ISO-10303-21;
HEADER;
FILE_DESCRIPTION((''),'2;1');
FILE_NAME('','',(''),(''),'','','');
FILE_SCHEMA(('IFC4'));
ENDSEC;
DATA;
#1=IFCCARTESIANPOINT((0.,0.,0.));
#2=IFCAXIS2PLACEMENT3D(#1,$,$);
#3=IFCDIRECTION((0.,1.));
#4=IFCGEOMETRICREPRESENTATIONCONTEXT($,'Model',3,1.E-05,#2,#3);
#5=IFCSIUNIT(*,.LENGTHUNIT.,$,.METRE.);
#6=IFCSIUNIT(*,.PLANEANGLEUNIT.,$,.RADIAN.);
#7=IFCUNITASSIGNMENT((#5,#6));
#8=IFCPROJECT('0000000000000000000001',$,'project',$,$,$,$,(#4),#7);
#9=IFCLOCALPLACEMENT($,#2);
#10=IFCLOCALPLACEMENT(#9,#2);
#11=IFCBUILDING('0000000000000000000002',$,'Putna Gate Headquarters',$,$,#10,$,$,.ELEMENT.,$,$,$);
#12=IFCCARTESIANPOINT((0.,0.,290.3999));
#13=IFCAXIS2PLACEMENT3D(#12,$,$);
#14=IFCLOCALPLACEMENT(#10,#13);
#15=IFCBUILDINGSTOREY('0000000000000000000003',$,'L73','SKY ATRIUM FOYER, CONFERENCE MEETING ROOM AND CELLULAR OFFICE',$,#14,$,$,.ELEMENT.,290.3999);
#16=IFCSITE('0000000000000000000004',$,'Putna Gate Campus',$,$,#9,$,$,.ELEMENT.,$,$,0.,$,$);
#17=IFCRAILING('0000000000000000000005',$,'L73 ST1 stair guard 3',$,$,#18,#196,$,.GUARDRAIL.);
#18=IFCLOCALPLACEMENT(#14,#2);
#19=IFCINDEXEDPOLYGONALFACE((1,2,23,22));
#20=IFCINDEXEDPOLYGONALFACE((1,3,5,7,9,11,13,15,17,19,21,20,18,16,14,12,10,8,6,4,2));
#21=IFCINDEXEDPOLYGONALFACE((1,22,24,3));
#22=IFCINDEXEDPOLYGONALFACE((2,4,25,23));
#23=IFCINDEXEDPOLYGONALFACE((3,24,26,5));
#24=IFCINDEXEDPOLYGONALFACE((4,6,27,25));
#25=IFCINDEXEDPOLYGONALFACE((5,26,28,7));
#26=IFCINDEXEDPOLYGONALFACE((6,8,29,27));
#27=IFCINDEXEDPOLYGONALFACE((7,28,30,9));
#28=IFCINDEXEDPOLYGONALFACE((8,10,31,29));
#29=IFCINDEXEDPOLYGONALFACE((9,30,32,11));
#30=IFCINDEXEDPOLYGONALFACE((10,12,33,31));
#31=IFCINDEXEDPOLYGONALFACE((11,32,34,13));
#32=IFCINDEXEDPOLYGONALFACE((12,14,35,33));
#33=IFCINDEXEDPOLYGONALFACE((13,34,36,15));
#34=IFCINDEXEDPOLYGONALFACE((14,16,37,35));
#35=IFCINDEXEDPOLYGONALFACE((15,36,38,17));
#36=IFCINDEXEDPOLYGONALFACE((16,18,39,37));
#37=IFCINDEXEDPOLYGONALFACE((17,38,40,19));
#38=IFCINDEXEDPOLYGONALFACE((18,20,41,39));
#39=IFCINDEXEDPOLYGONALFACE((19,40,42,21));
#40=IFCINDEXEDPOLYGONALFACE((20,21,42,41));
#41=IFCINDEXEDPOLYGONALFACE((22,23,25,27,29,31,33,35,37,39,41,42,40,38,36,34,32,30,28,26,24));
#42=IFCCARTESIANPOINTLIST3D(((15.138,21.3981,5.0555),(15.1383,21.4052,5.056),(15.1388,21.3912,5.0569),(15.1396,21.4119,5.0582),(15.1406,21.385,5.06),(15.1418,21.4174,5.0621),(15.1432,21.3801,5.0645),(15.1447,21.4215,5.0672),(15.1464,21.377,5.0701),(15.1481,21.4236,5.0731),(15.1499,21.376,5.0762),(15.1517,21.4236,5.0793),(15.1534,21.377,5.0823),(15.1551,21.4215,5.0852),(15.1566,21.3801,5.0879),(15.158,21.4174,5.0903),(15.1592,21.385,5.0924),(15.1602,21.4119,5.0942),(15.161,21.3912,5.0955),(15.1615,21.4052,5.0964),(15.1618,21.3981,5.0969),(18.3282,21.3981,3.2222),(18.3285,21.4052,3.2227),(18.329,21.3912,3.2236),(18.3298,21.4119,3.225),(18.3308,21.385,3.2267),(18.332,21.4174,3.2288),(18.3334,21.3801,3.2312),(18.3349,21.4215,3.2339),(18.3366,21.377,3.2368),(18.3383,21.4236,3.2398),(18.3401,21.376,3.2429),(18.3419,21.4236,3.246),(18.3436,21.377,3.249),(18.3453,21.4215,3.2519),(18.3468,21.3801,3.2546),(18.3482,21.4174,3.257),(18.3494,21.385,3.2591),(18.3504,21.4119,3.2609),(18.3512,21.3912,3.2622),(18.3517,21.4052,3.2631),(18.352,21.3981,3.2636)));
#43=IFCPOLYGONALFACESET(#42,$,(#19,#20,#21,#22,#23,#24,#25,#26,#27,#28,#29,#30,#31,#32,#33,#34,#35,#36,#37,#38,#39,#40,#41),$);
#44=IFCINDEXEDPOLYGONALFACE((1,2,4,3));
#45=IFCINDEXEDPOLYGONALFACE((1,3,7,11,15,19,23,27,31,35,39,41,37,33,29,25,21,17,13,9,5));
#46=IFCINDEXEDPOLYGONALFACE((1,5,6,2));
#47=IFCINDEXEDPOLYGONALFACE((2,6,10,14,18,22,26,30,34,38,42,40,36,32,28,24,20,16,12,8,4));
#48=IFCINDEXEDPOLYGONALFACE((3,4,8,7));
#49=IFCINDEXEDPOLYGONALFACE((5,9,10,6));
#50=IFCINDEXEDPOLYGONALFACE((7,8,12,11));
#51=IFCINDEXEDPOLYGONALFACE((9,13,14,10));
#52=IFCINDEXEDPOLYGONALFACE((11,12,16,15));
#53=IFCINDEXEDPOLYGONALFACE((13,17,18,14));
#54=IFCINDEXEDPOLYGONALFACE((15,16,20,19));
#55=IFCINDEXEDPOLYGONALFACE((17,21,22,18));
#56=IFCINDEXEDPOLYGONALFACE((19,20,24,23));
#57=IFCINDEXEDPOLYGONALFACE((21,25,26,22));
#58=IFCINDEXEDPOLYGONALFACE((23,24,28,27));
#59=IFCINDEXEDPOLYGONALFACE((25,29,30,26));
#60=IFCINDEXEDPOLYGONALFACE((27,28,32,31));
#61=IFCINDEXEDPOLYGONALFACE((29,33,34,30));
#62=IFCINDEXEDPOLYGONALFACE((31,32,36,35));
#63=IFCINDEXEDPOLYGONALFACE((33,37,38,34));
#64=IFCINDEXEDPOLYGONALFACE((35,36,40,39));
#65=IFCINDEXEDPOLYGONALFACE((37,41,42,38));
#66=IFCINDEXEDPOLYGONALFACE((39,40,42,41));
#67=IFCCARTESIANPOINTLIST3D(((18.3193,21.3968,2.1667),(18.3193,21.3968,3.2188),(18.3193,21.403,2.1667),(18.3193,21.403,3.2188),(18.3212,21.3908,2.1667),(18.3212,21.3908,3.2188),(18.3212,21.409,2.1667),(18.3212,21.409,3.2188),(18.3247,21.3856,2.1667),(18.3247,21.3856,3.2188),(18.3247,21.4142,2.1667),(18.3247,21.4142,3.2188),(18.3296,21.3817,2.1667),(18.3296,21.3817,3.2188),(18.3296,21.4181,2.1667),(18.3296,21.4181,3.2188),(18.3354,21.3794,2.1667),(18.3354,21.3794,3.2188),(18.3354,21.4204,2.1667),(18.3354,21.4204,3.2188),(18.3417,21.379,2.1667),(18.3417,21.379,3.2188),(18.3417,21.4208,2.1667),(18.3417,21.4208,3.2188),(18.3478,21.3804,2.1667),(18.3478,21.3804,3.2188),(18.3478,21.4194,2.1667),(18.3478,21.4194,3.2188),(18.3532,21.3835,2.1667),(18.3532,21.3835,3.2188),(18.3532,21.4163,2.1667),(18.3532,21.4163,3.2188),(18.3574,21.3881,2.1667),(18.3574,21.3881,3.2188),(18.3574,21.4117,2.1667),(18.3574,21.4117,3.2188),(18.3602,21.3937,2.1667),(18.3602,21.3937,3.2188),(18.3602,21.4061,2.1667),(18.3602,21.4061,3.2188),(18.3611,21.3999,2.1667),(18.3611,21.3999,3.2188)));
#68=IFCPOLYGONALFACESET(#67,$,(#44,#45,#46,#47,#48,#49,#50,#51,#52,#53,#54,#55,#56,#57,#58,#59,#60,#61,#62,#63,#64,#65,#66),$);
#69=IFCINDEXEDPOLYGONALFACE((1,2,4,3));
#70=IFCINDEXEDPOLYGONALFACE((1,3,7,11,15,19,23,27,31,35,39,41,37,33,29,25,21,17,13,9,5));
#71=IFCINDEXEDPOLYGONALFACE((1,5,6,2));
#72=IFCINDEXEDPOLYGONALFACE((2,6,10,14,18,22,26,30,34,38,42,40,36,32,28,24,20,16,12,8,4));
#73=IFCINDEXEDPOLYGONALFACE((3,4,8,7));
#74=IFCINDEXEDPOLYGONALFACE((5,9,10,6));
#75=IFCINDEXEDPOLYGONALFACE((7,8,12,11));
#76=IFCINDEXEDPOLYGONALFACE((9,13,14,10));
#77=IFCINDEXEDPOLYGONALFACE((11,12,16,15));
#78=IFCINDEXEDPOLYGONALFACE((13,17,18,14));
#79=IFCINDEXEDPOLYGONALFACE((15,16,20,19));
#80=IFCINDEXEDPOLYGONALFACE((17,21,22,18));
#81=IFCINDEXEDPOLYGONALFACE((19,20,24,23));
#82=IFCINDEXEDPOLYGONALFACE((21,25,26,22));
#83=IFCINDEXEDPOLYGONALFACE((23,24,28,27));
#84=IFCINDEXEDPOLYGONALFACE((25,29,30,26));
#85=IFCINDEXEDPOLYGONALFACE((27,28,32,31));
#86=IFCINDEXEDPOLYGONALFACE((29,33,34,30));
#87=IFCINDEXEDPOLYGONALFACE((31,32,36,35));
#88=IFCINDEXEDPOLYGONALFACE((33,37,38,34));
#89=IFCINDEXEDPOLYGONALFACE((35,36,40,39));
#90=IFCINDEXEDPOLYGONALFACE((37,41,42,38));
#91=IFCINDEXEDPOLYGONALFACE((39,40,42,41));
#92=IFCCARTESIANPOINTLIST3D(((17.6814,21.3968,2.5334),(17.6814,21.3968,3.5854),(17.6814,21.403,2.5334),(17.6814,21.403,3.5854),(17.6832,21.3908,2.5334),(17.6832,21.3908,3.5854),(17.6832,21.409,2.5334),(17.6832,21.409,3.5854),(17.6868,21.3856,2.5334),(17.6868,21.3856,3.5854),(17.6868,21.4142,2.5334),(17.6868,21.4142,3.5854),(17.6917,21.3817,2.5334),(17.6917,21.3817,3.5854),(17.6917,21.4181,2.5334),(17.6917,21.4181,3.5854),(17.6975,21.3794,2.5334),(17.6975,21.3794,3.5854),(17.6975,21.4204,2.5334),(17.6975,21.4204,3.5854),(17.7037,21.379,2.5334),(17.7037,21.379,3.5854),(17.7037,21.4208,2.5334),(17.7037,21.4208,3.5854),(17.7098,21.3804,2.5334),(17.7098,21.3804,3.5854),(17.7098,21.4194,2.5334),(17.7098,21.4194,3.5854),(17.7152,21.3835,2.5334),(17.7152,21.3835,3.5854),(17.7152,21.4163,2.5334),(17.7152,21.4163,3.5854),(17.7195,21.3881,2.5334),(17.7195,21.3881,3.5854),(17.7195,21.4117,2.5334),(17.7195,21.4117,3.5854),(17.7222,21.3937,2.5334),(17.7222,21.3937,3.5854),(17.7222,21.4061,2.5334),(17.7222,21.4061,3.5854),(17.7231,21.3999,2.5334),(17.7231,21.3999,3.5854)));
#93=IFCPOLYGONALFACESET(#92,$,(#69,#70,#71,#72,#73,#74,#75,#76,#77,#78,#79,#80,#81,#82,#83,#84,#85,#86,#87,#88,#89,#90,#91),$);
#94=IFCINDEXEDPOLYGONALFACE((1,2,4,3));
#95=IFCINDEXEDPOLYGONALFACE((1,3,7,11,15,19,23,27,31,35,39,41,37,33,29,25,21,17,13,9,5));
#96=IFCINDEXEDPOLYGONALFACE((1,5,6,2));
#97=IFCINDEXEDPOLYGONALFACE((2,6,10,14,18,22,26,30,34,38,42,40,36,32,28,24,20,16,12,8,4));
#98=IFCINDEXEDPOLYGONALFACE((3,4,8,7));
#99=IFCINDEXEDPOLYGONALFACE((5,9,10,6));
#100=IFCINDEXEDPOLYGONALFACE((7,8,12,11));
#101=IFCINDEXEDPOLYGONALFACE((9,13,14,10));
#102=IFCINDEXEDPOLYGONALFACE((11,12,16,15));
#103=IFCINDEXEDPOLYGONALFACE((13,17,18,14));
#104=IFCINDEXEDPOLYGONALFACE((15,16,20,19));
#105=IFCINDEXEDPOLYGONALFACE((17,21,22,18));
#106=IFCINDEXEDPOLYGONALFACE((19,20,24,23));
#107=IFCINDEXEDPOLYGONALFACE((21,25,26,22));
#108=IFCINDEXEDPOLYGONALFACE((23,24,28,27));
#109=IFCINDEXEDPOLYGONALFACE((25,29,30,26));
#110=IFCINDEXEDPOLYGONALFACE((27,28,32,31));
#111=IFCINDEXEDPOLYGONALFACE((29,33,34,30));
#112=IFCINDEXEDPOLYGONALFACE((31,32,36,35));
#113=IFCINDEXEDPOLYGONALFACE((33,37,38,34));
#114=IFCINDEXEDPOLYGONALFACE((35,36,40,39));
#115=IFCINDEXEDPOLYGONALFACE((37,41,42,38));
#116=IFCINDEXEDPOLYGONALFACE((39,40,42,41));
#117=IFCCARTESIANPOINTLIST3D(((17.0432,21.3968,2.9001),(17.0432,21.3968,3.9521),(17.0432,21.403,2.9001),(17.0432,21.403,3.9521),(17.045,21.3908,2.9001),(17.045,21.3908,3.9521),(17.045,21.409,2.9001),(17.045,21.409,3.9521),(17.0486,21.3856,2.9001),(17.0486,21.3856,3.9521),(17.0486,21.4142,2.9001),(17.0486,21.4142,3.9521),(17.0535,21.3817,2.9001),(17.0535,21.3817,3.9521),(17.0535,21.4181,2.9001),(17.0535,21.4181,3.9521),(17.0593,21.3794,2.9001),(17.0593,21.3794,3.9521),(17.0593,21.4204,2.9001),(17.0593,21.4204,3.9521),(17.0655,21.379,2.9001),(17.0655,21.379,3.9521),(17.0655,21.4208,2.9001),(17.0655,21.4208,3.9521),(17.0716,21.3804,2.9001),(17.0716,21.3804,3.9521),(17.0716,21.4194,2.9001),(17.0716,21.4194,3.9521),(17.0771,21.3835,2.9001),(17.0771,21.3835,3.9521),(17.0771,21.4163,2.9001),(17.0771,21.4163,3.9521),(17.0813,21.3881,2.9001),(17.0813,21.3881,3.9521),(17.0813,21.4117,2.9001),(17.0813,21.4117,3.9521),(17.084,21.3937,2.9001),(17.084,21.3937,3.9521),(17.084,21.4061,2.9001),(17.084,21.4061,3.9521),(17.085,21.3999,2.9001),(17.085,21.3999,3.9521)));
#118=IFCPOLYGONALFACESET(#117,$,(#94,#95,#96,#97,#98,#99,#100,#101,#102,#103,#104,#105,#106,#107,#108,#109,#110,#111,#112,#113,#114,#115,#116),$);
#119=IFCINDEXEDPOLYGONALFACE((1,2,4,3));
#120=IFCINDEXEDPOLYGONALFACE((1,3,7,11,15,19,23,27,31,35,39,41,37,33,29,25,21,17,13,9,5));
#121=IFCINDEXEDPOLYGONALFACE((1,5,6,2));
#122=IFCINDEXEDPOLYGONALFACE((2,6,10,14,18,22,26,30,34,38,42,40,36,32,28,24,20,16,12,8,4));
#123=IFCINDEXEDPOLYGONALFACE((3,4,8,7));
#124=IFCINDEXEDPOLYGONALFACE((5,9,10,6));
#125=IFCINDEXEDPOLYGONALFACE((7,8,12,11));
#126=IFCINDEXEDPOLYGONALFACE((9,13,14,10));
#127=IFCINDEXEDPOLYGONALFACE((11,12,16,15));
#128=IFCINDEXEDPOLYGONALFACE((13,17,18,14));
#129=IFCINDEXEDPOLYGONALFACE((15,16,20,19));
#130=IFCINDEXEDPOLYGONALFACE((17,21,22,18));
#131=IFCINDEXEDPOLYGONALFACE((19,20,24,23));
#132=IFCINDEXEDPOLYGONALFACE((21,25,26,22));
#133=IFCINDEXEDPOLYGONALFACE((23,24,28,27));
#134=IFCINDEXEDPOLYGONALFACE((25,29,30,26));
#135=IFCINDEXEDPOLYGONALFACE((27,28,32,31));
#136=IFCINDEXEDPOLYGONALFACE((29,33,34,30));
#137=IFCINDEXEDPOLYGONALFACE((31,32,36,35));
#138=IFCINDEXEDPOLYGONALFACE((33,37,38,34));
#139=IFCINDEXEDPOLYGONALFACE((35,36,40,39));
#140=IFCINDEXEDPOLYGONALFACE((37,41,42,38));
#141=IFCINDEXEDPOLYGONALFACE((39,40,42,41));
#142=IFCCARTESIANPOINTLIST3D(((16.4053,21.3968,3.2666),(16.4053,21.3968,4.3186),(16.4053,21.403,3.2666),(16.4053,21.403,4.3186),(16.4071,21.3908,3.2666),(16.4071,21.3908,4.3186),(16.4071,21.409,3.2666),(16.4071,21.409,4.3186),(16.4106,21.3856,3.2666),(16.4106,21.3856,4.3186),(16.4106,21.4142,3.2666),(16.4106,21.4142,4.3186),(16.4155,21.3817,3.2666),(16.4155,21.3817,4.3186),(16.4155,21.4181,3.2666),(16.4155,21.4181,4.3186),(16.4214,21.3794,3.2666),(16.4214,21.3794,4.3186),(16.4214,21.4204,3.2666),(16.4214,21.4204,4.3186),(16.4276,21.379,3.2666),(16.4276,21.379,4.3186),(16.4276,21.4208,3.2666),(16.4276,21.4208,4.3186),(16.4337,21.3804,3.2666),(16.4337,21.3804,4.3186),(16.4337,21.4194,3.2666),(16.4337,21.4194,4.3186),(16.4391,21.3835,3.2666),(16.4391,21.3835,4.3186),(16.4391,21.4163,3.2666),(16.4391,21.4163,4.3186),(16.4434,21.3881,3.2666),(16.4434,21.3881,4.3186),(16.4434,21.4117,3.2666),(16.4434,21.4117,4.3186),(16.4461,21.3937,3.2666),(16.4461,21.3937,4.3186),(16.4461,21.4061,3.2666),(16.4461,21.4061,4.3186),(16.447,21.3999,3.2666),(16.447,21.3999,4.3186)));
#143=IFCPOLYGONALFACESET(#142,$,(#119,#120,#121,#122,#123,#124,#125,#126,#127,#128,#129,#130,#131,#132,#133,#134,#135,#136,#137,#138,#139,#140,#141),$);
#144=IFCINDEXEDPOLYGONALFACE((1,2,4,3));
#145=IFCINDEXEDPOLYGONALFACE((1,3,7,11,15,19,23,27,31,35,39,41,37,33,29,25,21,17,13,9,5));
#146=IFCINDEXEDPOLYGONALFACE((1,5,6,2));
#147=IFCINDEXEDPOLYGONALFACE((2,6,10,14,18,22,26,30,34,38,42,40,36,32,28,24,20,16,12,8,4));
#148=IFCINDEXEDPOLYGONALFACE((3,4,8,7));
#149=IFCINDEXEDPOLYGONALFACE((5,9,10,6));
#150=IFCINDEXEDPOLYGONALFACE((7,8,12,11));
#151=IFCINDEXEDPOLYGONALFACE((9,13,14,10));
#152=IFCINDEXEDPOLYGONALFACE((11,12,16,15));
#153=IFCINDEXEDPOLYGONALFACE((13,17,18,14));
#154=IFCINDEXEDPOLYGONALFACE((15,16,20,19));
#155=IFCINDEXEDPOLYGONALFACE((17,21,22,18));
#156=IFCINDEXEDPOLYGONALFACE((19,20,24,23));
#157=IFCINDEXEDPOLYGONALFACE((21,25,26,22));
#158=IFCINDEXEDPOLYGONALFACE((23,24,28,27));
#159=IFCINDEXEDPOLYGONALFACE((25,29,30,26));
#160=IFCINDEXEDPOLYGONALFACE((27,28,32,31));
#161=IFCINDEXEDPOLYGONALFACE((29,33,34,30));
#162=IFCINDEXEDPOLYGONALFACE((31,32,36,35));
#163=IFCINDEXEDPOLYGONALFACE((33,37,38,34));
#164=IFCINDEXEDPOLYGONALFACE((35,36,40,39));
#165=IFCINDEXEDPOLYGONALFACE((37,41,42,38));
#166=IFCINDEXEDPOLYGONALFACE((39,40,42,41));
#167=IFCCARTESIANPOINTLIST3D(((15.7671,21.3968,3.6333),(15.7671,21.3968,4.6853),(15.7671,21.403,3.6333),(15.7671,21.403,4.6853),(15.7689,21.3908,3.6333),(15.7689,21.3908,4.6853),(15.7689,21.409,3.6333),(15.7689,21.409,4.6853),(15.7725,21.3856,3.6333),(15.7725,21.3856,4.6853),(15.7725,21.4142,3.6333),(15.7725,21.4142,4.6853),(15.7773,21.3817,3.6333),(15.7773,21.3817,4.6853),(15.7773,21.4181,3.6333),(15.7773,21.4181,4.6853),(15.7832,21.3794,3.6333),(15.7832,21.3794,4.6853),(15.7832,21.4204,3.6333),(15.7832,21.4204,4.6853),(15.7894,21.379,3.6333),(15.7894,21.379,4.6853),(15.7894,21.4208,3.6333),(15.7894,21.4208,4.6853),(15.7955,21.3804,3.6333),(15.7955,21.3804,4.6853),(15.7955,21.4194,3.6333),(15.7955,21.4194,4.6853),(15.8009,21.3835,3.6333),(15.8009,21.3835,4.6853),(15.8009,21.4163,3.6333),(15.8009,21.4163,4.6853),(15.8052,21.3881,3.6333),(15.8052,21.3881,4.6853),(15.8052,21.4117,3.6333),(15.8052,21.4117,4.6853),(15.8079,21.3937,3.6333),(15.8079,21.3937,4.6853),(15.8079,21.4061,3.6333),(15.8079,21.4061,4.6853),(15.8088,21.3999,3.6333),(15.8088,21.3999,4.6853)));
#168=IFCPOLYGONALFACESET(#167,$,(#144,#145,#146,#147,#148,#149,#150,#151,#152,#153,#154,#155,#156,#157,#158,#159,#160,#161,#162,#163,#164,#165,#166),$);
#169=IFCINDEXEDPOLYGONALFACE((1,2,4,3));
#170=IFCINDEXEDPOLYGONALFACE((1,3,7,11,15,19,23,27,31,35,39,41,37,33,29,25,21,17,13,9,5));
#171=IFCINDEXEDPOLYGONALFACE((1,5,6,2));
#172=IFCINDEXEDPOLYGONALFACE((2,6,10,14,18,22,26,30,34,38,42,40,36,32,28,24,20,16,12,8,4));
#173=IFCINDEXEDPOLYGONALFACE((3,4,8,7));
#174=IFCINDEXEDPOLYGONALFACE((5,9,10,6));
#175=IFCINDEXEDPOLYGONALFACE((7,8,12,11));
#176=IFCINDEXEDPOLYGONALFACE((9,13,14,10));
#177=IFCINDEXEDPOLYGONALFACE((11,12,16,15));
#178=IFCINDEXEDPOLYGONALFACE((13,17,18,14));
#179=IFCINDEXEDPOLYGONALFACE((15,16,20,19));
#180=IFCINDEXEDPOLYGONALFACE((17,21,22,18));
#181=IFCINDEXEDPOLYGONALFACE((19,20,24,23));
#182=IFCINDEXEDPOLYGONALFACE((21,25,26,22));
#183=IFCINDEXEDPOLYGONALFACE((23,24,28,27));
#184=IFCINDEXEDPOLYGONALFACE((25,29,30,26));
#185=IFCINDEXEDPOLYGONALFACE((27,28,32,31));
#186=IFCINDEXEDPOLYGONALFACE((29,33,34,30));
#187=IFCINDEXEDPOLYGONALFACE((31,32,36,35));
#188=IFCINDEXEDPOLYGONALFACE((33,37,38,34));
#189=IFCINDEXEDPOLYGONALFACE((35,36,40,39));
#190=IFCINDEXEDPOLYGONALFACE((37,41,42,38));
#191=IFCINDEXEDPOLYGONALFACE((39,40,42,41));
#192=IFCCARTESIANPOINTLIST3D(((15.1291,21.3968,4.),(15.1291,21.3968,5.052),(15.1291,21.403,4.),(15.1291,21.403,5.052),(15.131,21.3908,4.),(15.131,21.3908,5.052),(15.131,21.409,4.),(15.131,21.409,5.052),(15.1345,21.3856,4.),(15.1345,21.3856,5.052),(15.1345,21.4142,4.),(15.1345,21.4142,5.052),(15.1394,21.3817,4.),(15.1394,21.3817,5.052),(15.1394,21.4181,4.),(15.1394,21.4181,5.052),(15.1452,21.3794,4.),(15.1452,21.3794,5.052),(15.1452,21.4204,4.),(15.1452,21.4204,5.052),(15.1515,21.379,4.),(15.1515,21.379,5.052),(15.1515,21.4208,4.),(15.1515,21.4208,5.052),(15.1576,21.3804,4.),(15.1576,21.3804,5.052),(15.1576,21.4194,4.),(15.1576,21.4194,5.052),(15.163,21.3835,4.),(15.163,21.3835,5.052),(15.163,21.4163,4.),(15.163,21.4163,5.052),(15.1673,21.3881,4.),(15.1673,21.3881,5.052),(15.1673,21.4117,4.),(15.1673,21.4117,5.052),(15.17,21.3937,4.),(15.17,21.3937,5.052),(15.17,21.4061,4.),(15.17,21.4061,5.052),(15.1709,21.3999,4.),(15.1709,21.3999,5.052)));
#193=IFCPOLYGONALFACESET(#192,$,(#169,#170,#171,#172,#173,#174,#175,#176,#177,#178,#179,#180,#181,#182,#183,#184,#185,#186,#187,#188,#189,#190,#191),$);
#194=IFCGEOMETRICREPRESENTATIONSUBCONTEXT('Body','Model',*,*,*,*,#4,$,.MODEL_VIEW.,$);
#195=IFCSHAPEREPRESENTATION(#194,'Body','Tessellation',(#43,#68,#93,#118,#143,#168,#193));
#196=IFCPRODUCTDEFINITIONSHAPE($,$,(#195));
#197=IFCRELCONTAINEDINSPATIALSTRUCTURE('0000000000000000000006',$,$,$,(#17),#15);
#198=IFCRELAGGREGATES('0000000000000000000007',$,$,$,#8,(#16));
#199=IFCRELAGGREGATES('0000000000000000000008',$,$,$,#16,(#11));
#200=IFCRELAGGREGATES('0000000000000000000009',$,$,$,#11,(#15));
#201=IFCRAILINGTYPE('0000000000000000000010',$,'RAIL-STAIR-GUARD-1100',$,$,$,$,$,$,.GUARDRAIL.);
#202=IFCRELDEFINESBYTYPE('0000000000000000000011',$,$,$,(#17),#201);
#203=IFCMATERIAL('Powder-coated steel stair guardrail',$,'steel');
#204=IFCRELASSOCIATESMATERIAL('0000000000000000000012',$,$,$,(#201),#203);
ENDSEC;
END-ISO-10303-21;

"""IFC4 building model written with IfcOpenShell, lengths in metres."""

from ifc_helpers import new_model, si_unit, direction, frame, origin, origin_2d, place, context, subcontext, project, spatial, circle, extrude, material, type_object, element, save


model = new_model("IFC4")

# Units and contexts
model_context = context("Model", 3, precision=1e-05, world=origin(), true_north=direction((0.0, 1.0)))
body_context = subcontext(model_context, "Body", "Model", "MODEL_VIEW")
ifc_project = project(units=[si_unit("LENGTHUNIT", "METRE"), si_unit("PLANEANGLEUNIT", "RADIAN")], contexts=[model_context])

# Site, building, storey
site_placement = place(None, origin())
site = spatial("IfcSite", under=ifc_project, at=site_placement, Name="Putna Gate Campus", CompositionType="ELEMENT", RefElevation=0.0)
building_placement = place(site_placement, origin())
building = spatial("IfcBuilding", under=site, at=building_placement, Name="Putna Gate Headquarters", CompositionType="ELEMENT")
storey_placement = place(building_placement, frame((0.0, 0.0, 290.3999)))
storey = spatial("IfcBuildingStorey", under=building, at=storey_placement, Name="L73", Description="SKY ATRIUM FOYER, CONFERENCE MEETING ROOM AND CELLULAR OFFICE", CompositionType="ELEMENT", Elevation=290.3999)

# Railing
ifc_material_1 = material(Name="Powder-coated steel stair guardrail", Category="steel")
railing_type_1 = type_object("IfcRailingType", Name="RAIL-STAIR-GUARD-1100", PredefinedType="GUARDRAIL", material=ifc_material_1)
railing_1_placement = place(storey_placement, frame((18.3401, 21.3999, 2.1667)))
element("IfcRailing", 1, at=railing_1_placement, inside=storey, type_object=railing_type_1, Name="L73 ST1 stair guard 3", PredefinedType="GUARDRAIL", context=body_context, shape_type="SweptSolid", body=[
    extrude(circle(Radius=0.0239, at=origin_2d()), frame((0.0, 0.0, 1.0762), z_axis=(-0.867036, 0.0, 0.498245), x_axis=(0.0, -1.0, 0.0)), (0.0, 0.0, 1.0), 3.6794),
    extrude(circle(Radius=0.021, at=origin_2d()), origin(), (0.0, 0.0, 1.0), 1.052),
    extrude(circle(Radius=0.021, at=origin_2d()), frame((-0.6379, 0.0, 0.3667)), (0.0, 0.0, 1.0), 1.052),
    extrude(circle(Radius=0.021, at=origin_2d()), frame((-1.2761, 0.0, 0.7334)), (0.0, 0.0, 1.0), 1.052),
    extrude(circle(Radius=0.021, at=origin_2d()), frame((-1.9141, 0.0, 1.0999)), (0.0, 0.0, 1.0), 1.052),
    extrude(circle(Radius=0.021, at=origin_2d()), frame((-2.5522, 0.0, 1.4666)), (0.0, 0.0, 1.0), 1.052),
    extrude(circle(Radius=0.021, at=origin_2d()), frame((-3.1902, 0.0, 1.8333)), (0.0, 0.0, 1.0), 1.052),
])

save(model, "model.ifc")
